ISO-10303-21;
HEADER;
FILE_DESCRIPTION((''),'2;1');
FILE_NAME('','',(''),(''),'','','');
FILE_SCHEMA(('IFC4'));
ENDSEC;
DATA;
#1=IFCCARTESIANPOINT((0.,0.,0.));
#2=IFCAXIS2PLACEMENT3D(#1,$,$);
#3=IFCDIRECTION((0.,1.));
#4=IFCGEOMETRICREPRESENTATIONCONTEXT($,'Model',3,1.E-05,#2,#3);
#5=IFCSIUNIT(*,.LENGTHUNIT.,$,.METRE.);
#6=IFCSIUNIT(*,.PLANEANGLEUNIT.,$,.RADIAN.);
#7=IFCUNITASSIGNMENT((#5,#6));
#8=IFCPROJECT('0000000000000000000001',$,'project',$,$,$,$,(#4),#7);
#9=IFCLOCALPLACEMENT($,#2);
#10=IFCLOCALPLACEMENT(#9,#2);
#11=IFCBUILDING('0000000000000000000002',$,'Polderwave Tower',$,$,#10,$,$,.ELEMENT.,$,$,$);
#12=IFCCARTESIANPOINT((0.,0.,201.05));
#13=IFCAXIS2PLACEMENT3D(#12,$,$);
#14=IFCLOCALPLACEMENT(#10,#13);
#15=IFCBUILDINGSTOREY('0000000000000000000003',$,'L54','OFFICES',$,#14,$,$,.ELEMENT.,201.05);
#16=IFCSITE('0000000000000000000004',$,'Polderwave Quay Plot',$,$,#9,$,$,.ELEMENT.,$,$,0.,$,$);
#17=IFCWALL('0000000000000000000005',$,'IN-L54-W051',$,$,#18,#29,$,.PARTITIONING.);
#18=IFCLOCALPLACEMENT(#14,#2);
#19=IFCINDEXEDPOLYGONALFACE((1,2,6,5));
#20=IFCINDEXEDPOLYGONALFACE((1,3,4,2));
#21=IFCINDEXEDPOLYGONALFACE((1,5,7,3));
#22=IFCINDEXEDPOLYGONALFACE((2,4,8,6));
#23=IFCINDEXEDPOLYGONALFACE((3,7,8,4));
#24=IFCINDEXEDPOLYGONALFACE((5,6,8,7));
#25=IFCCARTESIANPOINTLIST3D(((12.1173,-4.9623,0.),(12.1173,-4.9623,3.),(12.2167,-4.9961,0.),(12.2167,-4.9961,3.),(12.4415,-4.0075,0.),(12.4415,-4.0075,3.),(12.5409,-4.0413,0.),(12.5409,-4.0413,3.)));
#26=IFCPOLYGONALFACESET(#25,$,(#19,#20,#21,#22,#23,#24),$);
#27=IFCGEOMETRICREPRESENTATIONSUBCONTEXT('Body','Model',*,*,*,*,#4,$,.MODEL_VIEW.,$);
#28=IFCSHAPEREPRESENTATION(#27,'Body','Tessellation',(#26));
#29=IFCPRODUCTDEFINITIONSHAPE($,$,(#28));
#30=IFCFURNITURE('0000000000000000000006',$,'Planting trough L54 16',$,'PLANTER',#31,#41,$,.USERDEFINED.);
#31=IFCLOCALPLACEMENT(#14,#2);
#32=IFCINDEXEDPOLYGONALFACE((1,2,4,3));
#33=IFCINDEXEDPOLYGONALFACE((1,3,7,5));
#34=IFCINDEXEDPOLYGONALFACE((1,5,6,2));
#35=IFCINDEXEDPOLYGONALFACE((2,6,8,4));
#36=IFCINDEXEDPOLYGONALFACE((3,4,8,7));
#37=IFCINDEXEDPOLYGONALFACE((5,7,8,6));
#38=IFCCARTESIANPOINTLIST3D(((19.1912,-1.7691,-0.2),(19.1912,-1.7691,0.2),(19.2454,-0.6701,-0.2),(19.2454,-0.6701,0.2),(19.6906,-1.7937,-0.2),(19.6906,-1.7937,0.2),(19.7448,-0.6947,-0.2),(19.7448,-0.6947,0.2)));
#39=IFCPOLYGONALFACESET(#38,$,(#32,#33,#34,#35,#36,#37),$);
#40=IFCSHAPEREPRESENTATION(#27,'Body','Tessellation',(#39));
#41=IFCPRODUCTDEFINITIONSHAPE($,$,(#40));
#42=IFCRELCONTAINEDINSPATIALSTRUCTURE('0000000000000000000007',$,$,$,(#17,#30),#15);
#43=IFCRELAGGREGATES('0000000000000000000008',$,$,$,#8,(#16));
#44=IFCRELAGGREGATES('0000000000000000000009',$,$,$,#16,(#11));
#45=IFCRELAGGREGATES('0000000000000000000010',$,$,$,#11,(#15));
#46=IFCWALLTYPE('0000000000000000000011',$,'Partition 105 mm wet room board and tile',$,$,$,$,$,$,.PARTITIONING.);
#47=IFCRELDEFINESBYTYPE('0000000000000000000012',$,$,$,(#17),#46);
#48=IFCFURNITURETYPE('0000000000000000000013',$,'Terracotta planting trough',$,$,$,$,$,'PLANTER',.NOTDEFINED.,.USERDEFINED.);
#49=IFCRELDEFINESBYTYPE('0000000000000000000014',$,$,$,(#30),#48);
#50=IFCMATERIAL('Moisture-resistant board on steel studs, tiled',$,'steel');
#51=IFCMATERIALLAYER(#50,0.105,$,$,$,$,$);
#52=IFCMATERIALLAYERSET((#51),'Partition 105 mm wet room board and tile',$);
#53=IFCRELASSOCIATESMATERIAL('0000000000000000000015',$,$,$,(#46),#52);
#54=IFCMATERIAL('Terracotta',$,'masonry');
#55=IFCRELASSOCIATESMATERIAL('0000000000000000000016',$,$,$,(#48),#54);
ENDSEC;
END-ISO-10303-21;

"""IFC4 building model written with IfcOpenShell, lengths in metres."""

from ifc_helpers import new_model, si_unit, direction, frame, frame_2d, origin, origin_2d, place, context, subcontext, project, spatial, rectangle, extrude, material, layer, layer_set, type_object, element, save


model = new_model("IFC4")

# Units and contexts
model_context = context("Model", 3, precision=1e-05, world=origin(), true_north=direction((0.0, 1.0)))
body_context = subcontext(model_context, "Body", "Model", "MODEL_VIEW")
ifc_project = project(units=[si_unit("LENGTHUNIT", "METRE"), si_unit("PLANEANGLEUNIT", "RADIAN")], contexts=[model_context])

# Site, building, storey
site_placement = place(None, origin())
site = spatial("IfcSite", under=ifc_project, at=site_placement, Name="Polderwave Quay Plot", CompositionType="ELEMENT", RefElevation=0.0)
building_placement = place(site_placement, origin())
building = spatial("IfcBuilding", under=site, at=building_placement, Name="Polderwave Tower", CompositionType="ELEMENT")
storey_placement = place(building_placement, frame((0.0, 0.0, 201.05)))
storey = spatial("IfcBuildingStorey", under=building, at=storey_placement, Name="L54", Description="OFFICES", CompositionType="ELEMENT", Elevation=201.05)

# Wall
ifc_material_1 = material(Name="Moisture-resistant board on steel studs, tiled", Category="steel")
ifc_layer_1 = layer(ifc_material_1, 0.105)
ifc_layer_set_1 = layer_set([ifc_layer_1], Name="Partition 105 mm wet room board and tile")
wall_type_1 = type_object("IfcWallType", Name="Partition 105 mm wet room board and tile", PredefinedType="PARTITIONING", material=ifc_layer_set_1)
wall_1_placement = place(storey_placement, frame((12.4912, -4.0244, 0.0), z_axis=(0.0, 0.0, 1.0), x_axis=(-0.321525, -0.946901, 0.0)))
element("IfcWall", 1, at=wall_1_placement, inside=storey, type_object=wall_type_1, Name="IN-L54-W051", PredefinedType="PARTITIONING", context=body_context, shape_type="SweptSolid", body=[
    extrude(rectangle(XDim=1.0083, YDim=0.105, at=frame_2d((0.5042, 0.0))), origin(), (0.0, 0.0, 1.0), 3.0),
])

# Furniture
ifc_material_2 = material(Name="Terracotta", Category="masonry")
furniture_type = type_object("IfcFurnitureType", Name="Terracotta planting trough", ElementType="PLANTER", AssemblyPlace="NOTDEFINED", PredefinedType="USERDEFINED", material=ifc_material_2)
furniture_placement = place(storey_placement, frame((19.468, -1.2319, -0.2), z_axis=(0.0, 0.0, 1.0), x_axis=(0.049237, 0.998787, 0.0)))
element("IfcFurniture", 2, at=furniture_placement, inside=storey, type_object=furniture_type, Name="Planting trough L54 16", ObjectType="PLANTER", PredefinedType="USERDEFINED", context=body_context, shape_type="SweptSolid", body=[
    extrude(rectangle(XDim=1.1003, YDim=0.5, at=origin_2d()), origin(), (0.0, 0.0, 1.0), 0.3999),
])

save(model, "model.ifc")
